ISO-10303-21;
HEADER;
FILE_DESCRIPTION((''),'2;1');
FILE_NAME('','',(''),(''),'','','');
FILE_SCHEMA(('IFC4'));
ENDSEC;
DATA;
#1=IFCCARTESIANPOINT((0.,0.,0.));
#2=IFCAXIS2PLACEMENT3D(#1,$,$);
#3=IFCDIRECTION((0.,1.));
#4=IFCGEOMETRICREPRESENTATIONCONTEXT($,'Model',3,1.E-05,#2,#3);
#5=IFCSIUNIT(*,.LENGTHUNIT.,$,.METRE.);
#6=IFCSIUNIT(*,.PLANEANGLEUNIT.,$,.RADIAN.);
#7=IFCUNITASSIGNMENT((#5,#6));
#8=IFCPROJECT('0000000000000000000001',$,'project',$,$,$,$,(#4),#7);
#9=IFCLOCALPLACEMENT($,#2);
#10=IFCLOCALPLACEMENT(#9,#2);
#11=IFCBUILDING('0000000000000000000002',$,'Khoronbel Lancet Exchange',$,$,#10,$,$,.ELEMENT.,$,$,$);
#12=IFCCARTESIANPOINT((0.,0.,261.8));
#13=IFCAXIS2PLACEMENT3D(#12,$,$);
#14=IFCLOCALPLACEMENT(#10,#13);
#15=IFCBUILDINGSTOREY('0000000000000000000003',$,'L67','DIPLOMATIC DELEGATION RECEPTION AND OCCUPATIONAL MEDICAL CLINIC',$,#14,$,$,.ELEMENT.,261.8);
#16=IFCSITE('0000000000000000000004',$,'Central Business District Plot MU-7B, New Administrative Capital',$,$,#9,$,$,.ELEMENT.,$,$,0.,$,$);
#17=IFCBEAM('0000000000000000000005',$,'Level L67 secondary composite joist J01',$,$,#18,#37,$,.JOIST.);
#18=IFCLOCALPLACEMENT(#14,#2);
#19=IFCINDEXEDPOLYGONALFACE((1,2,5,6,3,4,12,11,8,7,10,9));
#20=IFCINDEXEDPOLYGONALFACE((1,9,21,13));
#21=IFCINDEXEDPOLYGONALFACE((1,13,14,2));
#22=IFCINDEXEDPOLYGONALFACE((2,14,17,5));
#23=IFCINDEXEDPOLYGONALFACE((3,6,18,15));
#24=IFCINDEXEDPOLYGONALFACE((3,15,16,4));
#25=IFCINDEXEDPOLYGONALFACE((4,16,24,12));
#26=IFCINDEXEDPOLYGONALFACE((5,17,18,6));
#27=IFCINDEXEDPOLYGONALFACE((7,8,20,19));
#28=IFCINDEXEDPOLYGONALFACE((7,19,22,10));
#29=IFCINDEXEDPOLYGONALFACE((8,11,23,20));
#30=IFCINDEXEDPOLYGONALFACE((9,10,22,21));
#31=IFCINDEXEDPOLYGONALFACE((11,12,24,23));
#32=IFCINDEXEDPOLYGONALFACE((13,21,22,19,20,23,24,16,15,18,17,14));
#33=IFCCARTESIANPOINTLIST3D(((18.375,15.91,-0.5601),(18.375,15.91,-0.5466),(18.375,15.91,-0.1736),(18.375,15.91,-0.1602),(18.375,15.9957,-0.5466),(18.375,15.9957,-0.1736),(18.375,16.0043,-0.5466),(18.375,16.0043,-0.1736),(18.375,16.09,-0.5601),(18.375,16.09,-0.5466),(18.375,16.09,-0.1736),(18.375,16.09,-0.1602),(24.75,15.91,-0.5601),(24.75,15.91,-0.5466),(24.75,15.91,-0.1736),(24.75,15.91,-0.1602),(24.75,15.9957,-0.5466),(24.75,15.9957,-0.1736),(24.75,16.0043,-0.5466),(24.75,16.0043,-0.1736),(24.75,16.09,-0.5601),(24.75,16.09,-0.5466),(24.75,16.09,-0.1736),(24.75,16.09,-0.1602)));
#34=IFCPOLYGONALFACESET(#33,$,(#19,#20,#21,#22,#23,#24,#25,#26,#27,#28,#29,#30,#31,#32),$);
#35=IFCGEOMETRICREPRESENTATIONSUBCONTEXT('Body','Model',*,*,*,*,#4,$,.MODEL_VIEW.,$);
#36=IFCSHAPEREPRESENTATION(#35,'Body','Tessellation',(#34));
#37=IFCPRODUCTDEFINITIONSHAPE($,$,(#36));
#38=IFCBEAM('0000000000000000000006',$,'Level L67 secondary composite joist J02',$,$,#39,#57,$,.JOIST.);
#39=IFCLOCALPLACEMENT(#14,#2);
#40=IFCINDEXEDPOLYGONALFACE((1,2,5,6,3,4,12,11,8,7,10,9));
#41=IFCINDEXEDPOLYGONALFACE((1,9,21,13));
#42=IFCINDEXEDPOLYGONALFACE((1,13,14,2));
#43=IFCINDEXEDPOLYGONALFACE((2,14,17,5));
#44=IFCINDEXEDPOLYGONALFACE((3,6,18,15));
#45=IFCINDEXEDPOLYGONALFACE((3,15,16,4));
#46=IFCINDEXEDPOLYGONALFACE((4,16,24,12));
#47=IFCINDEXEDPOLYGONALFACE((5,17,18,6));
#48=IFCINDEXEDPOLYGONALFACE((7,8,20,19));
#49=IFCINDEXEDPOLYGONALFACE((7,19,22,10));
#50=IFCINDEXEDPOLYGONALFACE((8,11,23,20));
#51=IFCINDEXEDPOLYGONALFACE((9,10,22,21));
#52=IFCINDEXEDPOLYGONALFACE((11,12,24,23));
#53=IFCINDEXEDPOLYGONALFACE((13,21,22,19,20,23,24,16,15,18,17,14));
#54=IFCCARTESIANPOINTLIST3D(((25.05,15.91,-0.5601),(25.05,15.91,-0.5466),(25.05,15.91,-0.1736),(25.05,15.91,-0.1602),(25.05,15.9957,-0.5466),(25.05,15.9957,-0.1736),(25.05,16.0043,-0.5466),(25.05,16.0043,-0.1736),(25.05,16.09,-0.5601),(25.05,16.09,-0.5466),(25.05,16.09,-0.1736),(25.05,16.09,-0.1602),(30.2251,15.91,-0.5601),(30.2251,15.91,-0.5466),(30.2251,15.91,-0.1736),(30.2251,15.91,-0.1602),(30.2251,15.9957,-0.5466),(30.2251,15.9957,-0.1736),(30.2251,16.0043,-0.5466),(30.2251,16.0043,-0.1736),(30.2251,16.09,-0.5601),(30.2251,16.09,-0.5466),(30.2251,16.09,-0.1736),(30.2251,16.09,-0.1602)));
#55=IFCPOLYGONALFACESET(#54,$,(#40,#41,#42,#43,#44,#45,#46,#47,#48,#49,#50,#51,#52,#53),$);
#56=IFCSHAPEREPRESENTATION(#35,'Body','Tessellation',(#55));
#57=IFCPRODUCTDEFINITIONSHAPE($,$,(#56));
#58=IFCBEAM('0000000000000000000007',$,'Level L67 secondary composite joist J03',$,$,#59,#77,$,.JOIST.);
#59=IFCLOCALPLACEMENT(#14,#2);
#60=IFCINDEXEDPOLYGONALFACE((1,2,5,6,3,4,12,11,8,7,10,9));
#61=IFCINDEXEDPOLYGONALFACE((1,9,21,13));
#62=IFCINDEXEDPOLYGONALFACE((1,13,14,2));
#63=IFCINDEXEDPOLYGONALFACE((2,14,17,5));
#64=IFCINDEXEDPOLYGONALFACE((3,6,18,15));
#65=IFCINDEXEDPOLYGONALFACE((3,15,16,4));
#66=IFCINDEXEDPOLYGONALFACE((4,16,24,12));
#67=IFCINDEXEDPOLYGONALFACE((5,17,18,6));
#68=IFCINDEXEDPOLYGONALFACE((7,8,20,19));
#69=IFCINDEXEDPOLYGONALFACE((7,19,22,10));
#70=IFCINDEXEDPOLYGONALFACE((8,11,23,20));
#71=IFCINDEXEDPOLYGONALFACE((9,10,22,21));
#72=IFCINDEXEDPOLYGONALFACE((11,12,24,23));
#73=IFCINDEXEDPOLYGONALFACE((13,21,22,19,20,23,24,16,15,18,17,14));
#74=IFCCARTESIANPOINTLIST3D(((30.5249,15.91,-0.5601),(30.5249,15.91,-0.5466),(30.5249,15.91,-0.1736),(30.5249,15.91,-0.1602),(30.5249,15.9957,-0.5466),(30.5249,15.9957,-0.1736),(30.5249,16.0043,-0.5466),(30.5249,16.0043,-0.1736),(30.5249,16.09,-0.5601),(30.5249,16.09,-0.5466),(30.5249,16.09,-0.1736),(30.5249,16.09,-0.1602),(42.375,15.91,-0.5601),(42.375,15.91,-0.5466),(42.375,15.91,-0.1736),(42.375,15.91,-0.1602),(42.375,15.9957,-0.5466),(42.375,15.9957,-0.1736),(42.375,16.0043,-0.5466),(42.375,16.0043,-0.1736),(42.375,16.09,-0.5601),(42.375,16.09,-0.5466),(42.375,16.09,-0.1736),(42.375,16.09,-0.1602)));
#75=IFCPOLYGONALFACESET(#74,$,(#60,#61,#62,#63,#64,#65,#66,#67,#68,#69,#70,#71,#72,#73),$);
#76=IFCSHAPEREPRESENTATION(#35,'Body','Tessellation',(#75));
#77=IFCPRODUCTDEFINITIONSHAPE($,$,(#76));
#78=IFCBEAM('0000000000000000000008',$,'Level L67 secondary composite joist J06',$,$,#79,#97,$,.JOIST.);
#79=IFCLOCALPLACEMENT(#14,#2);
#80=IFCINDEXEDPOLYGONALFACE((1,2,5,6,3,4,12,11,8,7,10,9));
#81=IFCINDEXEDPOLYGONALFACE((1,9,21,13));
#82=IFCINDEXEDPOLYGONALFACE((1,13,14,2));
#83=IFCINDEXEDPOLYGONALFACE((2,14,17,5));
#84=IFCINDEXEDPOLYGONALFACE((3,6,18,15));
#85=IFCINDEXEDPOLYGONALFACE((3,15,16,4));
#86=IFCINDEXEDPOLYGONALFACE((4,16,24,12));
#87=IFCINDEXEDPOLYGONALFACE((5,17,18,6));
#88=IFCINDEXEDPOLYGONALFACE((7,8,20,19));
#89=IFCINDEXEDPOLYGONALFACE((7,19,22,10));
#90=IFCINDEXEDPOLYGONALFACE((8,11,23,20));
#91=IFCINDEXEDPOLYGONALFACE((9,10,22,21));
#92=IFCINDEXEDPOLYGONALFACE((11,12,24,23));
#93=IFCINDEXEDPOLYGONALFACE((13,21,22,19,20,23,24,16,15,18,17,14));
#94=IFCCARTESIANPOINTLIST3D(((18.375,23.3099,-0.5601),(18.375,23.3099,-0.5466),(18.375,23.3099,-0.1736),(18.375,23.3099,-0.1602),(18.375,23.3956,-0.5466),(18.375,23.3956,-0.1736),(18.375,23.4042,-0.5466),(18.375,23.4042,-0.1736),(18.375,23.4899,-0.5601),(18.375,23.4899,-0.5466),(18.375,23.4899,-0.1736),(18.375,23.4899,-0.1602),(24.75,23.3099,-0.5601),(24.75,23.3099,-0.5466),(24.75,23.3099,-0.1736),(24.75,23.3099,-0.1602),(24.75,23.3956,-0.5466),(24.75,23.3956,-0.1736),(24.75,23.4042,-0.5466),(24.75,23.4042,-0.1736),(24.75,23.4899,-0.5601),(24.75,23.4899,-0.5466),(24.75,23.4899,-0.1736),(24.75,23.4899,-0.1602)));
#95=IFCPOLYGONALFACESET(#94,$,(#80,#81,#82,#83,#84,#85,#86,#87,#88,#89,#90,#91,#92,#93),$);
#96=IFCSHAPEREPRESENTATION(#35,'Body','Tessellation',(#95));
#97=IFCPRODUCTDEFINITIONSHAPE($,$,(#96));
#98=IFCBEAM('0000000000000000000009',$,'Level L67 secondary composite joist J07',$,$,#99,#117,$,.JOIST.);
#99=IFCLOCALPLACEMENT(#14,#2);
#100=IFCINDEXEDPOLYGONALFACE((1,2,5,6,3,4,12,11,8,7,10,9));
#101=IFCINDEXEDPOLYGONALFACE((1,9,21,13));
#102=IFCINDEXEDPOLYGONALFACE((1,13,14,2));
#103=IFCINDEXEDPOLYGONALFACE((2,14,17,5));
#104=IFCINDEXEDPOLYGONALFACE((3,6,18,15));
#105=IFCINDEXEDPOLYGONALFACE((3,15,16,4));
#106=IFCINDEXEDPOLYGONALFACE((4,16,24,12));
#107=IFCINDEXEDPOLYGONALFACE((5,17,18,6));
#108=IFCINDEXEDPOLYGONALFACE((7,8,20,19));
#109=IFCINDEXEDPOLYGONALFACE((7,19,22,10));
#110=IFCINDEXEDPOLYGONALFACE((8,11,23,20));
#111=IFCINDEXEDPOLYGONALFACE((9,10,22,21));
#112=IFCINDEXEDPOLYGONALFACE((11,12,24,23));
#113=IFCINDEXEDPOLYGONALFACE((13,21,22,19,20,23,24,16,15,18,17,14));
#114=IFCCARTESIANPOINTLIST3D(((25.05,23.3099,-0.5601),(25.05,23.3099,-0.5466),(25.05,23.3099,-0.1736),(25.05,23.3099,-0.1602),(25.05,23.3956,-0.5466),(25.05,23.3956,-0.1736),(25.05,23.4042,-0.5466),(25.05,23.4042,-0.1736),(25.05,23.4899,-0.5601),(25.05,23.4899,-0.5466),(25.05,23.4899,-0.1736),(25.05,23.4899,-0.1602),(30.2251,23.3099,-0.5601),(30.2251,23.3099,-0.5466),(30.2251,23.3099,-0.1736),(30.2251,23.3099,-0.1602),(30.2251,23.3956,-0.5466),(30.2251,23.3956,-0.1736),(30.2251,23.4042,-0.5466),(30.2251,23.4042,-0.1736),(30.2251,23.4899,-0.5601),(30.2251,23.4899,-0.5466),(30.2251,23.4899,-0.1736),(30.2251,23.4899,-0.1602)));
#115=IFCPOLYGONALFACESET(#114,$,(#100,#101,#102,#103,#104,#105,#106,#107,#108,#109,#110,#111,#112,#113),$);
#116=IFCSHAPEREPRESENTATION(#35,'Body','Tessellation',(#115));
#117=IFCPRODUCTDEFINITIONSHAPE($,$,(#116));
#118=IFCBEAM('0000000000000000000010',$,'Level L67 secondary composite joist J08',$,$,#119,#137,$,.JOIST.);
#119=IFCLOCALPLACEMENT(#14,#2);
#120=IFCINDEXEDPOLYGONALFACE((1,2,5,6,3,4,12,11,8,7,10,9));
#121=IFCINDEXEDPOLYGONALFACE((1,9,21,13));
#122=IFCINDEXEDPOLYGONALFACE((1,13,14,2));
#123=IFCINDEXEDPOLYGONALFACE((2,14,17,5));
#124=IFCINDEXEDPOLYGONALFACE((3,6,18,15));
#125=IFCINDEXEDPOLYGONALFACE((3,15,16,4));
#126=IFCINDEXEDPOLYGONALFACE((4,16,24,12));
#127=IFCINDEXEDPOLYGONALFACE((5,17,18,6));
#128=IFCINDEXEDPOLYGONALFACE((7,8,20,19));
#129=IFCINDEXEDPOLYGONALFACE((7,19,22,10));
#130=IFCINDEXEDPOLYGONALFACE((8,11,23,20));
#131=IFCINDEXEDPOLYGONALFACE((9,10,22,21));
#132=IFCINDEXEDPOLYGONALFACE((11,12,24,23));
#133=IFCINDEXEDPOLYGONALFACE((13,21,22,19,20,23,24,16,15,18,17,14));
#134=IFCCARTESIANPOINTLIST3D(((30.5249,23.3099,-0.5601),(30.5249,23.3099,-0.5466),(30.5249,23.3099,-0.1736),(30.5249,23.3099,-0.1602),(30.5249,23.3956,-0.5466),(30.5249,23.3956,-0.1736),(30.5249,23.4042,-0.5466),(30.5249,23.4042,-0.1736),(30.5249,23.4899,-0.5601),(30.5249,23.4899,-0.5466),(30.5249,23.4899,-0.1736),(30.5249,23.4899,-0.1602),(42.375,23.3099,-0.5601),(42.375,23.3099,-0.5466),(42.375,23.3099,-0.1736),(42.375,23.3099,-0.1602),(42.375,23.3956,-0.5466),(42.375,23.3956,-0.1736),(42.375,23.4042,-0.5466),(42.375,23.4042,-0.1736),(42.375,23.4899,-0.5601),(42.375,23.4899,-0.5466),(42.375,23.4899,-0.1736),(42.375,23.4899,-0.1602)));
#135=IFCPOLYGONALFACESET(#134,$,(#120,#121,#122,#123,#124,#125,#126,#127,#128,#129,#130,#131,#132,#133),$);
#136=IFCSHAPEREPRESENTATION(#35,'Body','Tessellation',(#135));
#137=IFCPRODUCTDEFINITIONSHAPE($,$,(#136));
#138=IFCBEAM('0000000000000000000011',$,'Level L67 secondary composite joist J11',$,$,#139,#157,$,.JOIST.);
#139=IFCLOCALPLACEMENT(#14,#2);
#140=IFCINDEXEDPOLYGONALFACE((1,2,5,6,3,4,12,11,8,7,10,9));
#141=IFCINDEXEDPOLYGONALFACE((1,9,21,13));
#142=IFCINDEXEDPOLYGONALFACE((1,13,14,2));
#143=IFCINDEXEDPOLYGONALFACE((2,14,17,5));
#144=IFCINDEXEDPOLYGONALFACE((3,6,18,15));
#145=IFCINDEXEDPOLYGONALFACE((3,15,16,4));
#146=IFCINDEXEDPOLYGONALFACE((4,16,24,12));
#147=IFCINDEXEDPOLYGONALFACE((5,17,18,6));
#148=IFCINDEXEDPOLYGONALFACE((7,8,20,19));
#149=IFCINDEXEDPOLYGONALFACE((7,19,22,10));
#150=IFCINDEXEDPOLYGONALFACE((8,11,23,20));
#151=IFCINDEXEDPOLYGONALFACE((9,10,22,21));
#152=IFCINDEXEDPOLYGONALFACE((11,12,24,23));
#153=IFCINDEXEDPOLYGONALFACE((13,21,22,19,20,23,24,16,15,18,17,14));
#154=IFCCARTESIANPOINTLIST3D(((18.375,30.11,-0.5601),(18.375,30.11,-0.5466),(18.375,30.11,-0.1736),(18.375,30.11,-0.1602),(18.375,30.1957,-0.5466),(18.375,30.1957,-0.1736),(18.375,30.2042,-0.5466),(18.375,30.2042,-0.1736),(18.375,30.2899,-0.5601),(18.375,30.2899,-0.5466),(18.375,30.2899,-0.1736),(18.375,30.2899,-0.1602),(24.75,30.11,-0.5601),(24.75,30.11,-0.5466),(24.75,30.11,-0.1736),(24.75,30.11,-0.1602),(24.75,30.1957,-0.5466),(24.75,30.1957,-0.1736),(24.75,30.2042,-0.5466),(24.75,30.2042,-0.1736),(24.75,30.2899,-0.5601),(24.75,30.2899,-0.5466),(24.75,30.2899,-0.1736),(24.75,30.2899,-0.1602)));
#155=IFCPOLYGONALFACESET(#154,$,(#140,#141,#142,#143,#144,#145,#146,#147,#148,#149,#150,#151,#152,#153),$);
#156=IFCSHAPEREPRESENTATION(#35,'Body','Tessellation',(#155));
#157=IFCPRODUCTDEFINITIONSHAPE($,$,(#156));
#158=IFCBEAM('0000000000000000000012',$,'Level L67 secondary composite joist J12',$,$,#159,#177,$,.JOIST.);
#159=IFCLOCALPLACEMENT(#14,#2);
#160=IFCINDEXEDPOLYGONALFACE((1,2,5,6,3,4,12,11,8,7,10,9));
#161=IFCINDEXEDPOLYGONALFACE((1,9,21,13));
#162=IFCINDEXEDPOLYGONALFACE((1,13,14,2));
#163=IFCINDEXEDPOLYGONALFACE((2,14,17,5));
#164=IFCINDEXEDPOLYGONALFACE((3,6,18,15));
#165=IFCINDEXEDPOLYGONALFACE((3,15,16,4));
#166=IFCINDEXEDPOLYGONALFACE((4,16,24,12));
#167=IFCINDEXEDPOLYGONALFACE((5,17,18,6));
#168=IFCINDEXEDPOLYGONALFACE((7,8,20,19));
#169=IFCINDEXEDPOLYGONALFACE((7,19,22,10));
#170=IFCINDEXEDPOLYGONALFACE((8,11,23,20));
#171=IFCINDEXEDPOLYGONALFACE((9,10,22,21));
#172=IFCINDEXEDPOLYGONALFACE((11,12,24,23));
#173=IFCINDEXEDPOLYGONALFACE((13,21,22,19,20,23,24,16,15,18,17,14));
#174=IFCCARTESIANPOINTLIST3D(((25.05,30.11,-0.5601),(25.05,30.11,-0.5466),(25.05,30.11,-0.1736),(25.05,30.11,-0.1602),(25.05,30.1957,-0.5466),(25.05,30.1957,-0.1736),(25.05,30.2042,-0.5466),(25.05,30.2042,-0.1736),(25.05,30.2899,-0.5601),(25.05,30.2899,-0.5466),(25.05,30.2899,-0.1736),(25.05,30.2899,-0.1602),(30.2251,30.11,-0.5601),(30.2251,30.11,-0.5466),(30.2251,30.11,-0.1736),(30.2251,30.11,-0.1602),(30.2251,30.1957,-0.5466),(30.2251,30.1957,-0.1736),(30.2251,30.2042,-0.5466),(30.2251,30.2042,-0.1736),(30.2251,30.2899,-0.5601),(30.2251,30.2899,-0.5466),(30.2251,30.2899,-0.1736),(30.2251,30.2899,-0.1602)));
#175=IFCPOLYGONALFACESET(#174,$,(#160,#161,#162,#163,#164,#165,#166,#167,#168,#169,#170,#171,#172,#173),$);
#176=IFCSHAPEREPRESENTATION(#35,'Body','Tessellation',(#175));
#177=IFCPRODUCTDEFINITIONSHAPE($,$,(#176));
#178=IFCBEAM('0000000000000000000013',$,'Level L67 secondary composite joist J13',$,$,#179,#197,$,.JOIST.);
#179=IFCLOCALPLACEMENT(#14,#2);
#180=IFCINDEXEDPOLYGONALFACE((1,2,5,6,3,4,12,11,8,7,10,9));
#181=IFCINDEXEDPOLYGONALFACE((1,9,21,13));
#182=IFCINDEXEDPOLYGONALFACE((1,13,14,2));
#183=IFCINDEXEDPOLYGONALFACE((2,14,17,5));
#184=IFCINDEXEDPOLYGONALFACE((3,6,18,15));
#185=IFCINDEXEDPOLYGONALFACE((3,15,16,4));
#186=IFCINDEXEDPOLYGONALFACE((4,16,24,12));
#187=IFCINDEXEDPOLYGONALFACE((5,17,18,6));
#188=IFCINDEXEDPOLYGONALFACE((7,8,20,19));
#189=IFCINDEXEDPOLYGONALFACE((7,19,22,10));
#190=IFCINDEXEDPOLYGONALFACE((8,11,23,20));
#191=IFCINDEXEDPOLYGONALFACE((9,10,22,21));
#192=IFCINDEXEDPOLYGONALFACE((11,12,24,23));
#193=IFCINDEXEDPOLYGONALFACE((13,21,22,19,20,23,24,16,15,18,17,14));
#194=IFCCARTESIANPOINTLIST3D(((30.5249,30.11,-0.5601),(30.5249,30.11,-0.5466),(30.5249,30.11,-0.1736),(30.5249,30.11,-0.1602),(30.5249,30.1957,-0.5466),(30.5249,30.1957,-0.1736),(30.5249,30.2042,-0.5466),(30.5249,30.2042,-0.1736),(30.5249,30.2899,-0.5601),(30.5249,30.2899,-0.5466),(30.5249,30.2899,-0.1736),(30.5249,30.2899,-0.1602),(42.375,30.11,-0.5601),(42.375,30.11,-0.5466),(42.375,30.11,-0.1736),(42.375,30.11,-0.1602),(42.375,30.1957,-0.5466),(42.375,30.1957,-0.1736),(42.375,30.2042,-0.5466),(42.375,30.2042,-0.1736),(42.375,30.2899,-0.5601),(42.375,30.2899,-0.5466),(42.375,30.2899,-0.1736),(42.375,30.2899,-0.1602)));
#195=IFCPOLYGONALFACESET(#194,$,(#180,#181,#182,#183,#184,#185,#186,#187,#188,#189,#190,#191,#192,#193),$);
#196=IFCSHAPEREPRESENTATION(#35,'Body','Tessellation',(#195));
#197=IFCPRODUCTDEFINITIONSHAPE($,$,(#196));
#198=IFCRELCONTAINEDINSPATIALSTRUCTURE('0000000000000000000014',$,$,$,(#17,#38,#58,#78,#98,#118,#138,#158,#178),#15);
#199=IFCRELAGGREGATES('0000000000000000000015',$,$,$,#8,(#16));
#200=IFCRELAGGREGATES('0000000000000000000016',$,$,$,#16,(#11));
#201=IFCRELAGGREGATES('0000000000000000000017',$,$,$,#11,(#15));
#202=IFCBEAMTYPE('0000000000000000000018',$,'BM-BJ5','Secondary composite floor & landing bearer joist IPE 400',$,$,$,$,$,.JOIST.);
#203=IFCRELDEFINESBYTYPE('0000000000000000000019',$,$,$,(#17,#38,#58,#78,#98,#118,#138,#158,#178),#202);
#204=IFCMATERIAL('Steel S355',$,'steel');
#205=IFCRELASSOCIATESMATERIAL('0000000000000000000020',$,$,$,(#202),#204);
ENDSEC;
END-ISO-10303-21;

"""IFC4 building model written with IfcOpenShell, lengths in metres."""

from ifc_helpers import new_model, si_unit, direction, frame, origin, origin_2d, place, context, subcontext, project, spatial, i_section, extrude, material, material_profile, profile_set, type_object, element, save


model = new_model("IFC4")

# Units and contexts
model_context = context("Model", 3, precision=1e-05, world=origin(), true_north=direction((0.0, 1.0)))
body_context = subcontext(model_context, "Body", "Model", "MODEL_VIEW")
ifc_project = project(units=[si_unit("LENGTHUNIT", "METRE"), si_unit("PLANEANGLEUNIT", "RADIAN")], contexts=[model_context])

# Site, building, storey
site_placement = place(None, origin())
site = spatial("IfcSite", under=ifc_project, at=site_placement, Name="Central Business District Plot MU-7B, New Administrative Capital", CompositionType="ELEMENT", RefElevation=0.0)
building_placement = place(site_placement, origin())
building = spatial("IfcBuilding", under=site, at=building_placement, Name="Khoronbel Lancet Exchange", CompositionType="ELEMENT")
storey_placement = place(building_placement, frame((0.0, 0.0, 261.8)))
storey = spatial("IfcBuildingStorey", under=building, at=storey_placement, Name="L67", Description="DIPLOMATIC DELEGATION RECEPTION AND OCCUPATIONAL MEDICAL CLINIC", CompositionType="ELEMENT", Elevation=261.8)

# Beams
ifc_material_1 = material(Name="Steel S355", Category="steel")
ifc_material_profile = material_profile(ifc_material_1, i_section(OverallWidth=0.1799, OverallDepth=0.3999, WebThickness=0.0085, FlangeThickness=0.0134, at=origin_2d()), Name="IPE 400")
ifc_profile_set = profile_set([ifc_material_profile], Name="Steel S355")
beam_type = type_object("IfcBeamType", Name="BM-BJ5", Description="Secondary composite floor & landing bearer joist IPE 400", PredefinedType="JOIST", material=ifc_profile_set)
beam_1_placement = place(storey_placement, frame((18.375, 16.0, -0.3601), z_axis=(1.0, 0.0, 0.0), x_axis=(0.0, 1.0, 0.0)))
element("IfcBeam", 1, at=beam_1_placement, inside=storey, type_object=beam_type, Name="Level L67 secondary composite joist J01", PredefinedType="JOIST", context=body_context, shape_type="SweptSolid", body=[
    extrude(i_section(OverallWidth=0.1799, OverallDepth=0.3999, WebThickness=0.0085, FlangeThickness=0.0134, at=origin_2d()), origin(), (0.0, 0.0, 1.0), 6.375),
])
beam_2_placement = place(storey_placement, frame((25.05, 16.0, -0.3601), z_axis=(1.0, 0.0, 0.0), x_axis=(0.0, 1.0, 0.0)))
element("IfcBeam", 2, at=beam_2_placement, inside=storey, type_object=beam_type, Name="Level L67 secondary composite joist J02", PredefinedType="JOIST", context=body_context, shape_type="SweptSolid", body=[
    extrude(i_section(OverallWidth=0.1799, OverallDepth=0.3999, WebThickness=0.0085, FlangeThickness=0.0134, at=origin_2d()), origin(), (0.0, 0.0, 1.0), 5.175),
])
beam_3_placement = place(storey_placement, frame((30.5249, 16.0, -0.3601), z_axis=(1.0, 0.0, 0.0), x_axis=(0.0, 1.0, 0.0)))
element("IfcBeam", 3, at=beam_3_placement, inside=storey, type_object=beam_type, Name="Level L67 secondary composite joist J03", PredefinedType="JOIST", context=body_context, shape_type="SweptSolid", body=[
    extrude(i_section(OverallWidth=0.1799, OverallDepth=0.3999, WebThickness=0.0085, FlangeThickness=0.0134, at=origin_2d()), origin(), (0.0, 0.0, 1.0), 11.8501),
])
beam_4_placement = place(storey_placement, frame((18.375, 23.3999, -0.3601), z_axis=(1.0, 0.0, 0.0), x_axis=(0.0, 1.0, 0.0)))
element("IfcBeam", 4, at=beam_4_placement, inside=storey, type_object=beam_type, Name="Level L67 secondary composite joist J06", PredefinedType="JOIST", context=body_context, shape_type="SweptSolid", body=[
    extrude(i_section(OverallWidth=0.1799, OverallDepth=0.3999, WebThickness=0.0085, FlangeThickness=0.0134, at=origin_2d()), origin(), (0.0, 0.0, 1.0), 6.375),
])
beam_5_placement = place(storey_placement, frame((25.05, 23.3999, -0.3601), z_axis=(1.0, 0.0, 0.0), x_axis=(0.0, 1.0, 0.0)))
element("IfcBeam", 5, at=beam_5_placement, inside=storey, type_object=beam_type, Name="Level L67 secondary composite joist J07", PredefinedType="JOIST", context=body_context, shape_type="SweptSolid", body=[
    extrude(i_section(OverallWidth=0.1799, OverallDepth=0.3999, WebThickness=0.0085, FlangeThickness=0.0134, at=origin_2d()), origin(), (0.0, 0.0, 1.0), 5.175),
])
beam_6_placement = place(storey_placement, frame((30.5249, 23.3999, -0.3601), z_axis=(1.0, 0.0, 0.0), x_axis=(0.0, 1.0, 0.0)))
element("IfcBeam", 6, at=beam_6_placement, inside=storey, type_object=beam_type, Name="Level L67 secondary composite joist J08", PredefinedType="JOIST", context=body_context, shape_type="SweptSolid", body=[
    extrude(i_section(OverallWidth=0.1799, OverallDepth=0.3999, WebThickness=0.0085, FlangeThickness=0.0134, at=origin_2d()), origin(), (0.0, 0.0, 1.0), 11.8501),
])
beam_7_placement = place(storey_placement, frame((18.375, 30.2, -0.3601), z_axis=(1.0, 0.0, 0.0), x_axis=(0.0, 1.0, 0.0)))
element("IfcBeam", 7, at=beam_7_placement, inside=storey, type_object=beam_type, Name="Level L67 secondary composite joist J11", PredefinedType="JOIST", context=body_context, shape_type="SweptSolid", body=[
    extrude(i_section(OverallWidth=0.1799, OverallDepth=0.3999, WebThickness=0.0085, FlangeThickness=0.0134, at=origin_2d()), origin(), (0.0, 0.0, 1.0), 6.375),
])
beam_8_placement = place(storey_placement, frame((25.05, 30.2, -0.3601), z_axis=(1.0, 0.0, 0.0), x_axis=(0.0, 1.0, 0.0)))
element("IfcBeam", 8, at=beam_8_placement, inside=storey, type_object=beam_type, Name="Level L67 secondary composite joist J12", PredefinedType="JOIST", context=body_context, shape_type="SweptSolid", body=[
    extrude(i_section(OverallWidth=0.1799, OverallDepth=0.3999, WebThickness=0.0085, FlangeThickness=0.0134, at=origin_2d()), origin(), (0.0, 0.0, 1.0), 5.175),
])
beam_9_placement = place(storey_placement, frame((30.5249, 30.2, -0.3601), z_axis=(1.0, 0.0, 0.0), x_axis=(0.0, 1.0, 0.0)))
element("IfcBeam", 9, at=beam_9_placement, inside=storey, type_object=beam_type, Name="Level L67 secondary composite joist J13", PredefinedType="JOIST", context=body_context, shape_type="SweptSolid", body=[
    extrude(i_section(OverallWidth=0.1799, OverallDepth=0.3999, WebThickness=0.0085, FlangeThickness=0.0134, at=origin_2d()), origin(), (0.0, 0.0, 1.0), 11.8501),
])

save(model, "model.ifc")
